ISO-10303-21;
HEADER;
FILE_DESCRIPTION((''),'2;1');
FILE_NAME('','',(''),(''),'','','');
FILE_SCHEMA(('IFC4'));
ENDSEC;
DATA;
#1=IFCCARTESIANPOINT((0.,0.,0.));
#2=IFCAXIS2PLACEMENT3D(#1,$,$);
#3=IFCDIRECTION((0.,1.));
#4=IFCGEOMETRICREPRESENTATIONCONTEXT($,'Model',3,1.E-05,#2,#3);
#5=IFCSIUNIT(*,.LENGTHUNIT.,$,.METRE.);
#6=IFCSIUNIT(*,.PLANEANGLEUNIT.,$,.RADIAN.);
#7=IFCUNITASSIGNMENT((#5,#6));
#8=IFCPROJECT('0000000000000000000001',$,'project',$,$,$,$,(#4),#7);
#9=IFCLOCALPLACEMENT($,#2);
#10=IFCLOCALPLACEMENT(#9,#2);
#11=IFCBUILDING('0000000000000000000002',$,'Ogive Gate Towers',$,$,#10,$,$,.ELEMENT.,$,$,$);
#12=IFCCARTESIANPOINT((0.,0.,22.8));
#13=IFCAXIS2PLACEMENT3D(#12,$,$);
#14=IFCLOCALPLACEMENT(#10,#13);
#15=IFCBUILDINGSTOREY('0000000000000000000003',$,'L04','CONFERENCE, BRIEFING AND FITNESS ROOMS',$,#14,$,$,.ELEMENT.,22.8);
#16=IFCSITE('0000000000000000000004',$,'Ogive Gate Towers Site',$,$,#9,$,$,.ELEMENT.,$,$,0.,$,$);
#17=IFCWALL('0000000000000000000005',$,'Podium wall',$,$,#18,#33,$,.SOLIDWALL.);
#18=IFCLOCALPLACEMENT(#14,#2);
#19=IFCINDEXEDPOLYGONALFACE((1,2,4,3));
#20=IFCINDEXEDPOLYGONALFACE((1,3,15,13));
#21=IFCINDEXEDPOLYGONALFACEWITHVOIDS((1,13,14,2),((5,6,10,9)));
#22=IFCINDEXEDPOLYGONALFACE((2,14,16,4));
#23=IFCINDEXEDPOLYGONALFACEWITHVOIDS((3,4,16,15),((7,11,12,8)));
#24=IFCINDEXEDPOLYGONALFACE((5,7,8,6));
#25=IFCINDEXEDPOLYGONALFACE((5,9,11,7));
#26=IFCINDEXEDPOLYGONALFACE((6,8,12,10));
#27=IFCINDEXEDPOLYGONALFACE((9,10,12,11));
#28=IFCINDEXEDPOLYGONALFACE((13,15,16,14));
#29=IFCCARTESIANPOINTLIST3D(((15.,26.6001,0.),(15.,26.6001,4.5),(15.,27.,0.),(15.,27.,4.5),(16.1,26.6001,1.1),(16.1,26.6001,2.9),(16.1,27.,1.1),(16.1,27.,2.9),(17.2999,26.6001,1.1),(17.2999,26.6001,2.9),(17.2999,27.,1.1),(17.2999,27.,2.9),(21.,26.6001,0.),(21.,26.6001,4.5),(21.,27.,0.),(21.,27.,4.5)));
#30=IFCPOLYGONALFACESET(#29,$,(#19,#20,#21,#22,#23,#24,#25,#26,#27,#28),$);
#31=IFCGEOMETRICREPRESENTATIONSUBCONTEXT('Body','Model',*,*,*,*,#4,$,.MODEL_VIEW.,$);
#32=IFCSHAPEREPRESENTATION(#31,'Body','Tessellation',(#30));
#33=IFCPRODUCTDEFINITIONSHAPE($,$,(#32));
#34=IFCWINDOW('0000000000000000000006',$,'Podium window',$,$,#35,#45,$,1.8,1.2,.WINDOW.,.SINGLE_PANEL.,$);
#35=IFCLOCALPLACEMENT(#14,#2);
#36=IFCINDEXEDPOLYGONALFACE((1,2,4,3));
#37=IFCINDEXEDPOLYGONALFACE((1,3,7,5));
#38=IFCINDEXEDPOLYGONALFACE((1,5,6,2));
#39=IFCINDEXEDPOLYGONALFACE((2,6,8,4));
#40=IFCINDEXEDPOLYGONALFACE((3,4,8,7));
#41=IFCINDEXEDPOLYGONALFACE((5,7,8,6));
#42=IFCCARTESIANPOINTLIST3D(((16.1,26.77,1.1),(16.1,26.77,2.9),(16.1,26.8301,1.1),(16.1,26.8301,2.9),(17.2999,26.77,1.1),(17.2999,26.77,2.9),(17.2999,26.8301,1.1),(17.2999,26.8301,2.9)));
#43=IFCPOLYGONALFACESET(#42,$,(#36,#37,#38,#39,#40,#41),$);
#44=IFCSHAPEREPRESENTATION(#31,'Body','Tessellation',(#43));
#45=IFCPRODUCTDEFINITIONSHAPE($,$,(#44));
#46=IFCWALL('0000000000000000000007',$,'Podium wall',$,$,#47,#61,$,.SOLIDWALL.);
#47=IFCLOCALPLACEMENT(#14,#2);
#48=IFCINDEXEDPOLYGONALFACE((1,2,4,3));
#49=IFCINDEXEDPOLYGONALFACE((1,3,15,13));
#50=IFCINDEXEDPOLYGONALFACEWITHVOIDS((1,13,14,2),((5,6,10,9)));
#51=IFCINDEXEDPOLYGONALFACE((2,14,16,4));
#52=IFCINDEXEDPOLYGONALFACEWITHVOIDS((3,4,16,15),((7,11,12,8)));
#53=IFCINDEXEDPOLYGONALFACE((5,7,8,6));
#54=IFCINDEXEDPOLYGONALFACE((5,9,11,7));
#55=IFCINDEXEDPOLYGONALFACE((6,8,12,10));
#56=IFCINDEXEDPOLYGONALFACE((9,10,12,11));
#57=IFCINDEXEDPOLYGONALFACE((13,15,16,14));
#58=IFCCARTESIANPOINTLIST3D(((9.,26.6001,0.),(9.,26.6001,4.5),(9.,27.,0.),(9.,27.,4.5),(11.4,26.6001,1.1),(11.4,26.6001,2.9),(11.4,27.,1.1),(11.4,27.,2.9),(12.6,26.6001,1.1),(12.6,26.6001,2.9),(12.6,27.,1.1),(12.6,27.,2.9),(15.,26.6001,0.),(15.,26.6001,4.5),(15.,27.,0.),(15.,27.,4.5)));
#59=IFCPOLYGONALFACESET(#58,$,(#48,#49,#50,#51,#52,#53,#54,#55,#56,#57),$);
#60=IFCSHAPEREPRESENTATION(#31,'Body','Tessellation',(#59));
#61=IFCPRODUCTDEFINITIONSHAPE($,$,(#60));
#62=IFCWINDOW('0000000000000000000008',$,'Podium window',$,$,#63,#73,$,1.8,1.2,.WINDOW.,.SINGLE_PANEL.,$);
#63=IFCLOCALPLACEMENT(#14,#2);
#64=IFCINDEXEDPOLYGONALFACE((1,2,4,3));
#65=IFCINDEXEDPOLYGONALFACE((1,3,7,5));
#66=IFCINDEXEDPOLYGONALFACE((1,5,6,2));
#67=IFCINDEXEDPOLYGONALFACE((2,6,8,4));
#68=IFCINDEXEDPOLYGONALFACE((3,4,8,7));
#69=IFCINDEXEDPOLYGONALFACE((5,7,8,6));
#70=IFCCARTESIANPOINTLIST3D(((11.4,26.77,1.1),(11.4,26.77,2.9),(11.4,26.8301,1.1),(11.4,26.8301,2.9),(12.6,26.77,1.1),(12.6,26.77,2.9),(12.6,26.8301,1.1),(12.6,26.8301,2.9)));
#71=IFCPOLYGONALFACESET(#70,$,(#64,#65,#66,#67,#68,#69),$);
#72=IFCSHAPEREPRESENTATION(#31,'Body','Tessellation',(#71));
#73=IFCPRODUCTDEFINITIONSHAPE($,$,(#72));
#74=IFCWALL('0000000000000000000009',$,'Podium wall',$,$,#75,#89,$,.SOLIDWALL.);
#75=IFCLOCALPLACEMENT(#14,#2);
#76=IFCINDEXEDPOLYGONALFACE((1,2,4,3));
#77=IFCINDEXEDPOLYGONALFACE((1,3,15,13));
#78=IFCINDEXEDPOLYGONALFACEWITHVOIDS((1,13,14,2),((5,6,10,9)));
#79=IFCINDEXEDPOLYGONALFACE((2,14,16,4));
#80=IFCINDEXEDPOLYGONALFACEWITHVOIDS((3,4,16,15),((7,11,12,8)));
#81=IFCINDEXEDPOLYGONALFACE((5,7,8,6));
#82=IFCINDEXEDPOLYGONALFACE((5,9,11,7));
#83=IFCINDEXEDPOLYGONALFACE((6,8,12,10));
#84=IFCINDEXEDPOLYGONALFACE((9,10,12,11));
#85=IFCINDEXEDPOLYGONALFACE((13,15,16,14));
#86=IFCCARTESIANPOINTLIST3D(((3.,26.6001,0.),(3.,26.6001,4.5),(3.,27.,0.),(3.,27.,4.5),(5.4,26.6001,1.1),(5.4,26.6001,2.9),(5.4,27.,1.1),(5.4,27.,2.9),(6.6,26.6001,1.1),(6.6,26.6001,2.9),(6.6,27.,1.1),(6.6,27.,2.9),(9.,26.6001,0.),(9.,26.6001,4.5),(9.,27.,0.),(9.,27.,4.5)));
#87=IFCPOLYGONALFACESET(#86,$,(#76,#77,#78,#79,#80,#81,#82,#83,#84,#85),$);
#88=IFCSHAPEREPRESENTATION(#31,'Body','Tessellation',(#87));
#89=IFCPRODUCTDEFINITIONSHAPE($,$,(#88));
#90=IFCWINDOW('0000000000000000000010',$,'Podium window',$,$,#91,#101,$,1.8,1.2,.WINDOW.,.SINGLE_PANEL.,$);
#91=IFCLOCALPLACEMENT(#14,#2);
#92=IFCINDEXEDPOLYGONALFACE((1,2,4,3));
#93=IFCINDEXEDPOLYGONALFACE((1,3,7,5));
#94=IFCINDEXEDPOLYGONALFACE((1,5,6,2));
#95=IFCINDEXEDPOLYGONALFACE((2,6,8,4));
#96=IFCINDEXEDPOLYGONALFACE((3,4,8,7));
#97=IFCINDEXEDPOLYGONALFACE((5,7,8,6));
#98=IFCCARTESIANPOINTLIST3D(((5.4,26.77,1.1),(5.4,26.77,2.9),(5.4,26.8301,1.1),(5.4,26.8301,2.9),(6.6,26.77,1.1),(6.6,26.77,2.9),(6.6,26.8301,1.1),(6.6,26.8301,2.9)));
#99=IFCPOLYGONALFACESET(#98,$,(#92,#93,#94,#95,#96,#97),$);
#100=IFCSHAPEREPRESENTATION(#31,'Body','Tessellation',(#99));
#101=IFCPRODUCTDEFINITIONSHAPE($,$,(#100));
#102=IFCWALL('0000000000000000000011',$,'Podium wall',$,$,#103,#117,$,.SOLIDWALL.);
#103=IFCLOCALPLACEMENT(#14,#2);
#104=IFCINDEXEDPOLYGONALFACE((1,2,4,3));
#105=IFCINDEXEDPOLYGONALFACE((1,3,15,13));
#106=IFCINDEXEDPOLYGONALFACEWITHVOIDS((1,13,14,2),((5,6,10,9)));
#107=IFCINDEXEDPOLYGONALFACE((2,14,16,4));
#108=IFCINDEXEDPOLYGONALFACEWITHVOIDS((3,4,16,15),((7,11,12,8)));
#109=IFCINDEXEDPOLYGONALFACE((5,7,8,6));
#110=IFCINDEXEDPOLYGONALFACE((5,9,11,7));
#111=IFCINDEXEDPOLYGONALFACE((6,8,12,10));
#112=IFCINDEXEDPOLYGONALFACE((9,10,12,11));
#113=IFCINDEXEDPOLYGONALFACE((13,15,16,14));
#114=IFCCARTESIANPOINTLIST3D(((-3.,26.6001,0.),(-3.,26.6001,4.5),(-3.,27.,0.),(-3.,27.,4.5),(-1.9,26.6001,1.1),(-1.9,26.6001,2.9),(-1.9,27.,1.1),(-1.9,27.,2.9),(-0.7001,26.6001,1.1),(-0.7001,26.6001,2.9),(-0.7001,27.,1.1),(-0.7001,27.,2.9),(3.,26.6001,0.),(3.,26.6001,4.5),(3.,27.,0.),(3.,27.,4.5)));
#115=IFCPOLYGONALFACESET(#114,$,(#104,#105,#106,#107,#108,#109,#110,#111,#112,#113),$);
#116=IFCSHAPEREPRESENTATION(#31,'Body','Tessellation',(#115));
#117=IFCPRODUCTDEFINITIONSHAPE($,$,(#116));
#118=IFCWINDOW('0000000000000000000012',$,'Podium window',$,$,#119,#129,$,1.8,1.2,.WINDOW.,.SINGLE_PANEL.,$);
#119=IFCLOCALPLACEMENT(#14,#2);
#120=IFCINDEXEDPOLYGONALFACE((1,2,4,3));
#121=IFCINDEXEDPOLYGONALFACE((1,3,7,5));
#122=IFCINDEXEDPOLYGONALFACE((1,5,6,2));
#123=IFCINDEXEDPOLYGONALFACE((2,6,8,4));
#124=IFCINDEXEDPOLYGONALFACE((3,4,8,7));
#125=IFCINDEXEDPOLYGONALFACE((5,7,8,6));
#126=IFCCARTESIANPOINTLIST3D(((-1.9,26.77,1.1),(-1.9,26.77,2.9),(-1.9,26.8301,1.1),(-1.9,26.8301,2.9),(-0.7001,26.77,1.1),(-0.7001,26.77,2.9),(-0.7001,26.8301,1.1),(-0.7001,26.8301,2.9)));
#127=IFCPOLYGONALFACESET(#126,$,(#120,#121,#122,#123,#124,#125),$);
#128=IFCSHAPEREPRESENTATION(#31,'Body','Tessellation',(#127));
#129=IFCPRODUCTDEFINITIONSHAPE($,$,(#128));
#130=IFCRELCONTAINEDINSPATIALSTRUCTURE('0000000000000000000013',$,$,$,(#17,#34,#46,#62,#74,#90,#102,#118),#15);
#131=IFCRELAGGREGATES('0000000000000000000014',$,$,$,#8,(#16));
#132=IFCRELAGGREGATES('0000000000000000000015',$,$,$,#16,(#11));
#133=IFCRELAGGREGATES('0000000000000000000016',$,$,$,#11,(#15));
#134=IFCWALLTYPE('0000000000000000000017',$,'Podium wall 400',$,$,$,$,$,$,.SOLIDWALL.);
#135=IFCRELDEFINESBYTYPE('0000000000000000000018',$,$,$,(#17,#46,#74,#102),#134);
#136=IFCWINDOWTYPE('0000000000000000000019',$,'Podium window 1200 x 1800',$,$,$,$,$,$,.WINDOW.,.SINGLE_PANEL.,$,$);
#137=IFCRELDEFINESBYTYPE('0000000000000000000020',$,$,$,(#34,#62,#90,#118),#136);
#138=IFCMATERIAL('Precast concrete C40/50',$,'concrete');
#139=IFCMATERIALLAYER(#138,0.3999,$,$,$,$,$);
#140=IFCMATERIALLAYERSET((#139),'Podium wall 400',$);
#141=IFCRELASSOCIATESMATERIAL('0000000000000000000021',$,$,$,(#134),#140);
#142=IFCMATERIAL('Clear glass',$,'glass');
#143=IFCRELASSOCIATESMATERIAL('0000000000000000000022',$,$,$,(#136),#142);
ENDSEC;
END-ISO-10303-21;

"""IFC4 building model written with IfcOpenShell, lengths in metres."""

from ifc_helpers import new_model, si_unit, direction, frame, frame_2d, origin, place, context, subcontext, project, spatial, rectangle, extrude, material, layer, layer_set, type_object, element, fill, save


model = new_model("IFC4")

# Units and contexts
model_context = context("Model", 3, precision=1e-05, world=origin(), true_north=direction((0.0, 1.0)))
body_context = subcontext(model_context, "Body", "Model", "MODEL_VIEW")
ifc_project = project(units=[si_unit("LENGTHUNIT", "METRE"), si_unit("PLANEANGLEUNIT", "RADIAN")], contexts=[model_context])

# Site, building, storey
site_placement = place(None, origin())
site = spatial("IfcSite", under=ifc_project, at=site_placement, Name="Ogive Gate Towers Site", CompositionType="ELEMENT", RefElevation=0.0)
building_placement = place(site_placement, origin())
building = spatial("IfcBuilding", under=site, at=building_placement, Name="Ogive Gate Towers", CompositionType="ELEMENT")
storey_placement = place(building_placement, frame((0.0, 0.0, 22.8)))
storey = spatial("IfcBuildingStorey", under=building, at=storey_placement, Name="L04", Description="CONFERENCE, BRIEFING AND FITNESS ROOMS", CompositionType="ELEMENT", Elevation=22.8)

# Walls, openings, windows
ifc_material_1 = material(Name="Precast concrete C40/50", Category="concrete")
ifc_layer_1 = layer(ifc_material_1, 0.3999)
ifc_layer_set_1 = layer_set([ifc_layer_1], Name="Podium wall 400")
wall_type_1 = type_object("IfcWallType", Name="Podium wall 400", PredefinedType="SOLIDWALL", material=ifc_layer_set_1)
wall_1_placement = place(storey_placement, frame((21.0, 26.8, 0.0), z_axis=(0.0, 0.0, 1.0), x_axis=(-1.0, 0.0, 0.0)))
wall_1 = element("IfcWall", 1, at=wall_1_placement, inside=storey, type_object=wall_type_1, Name="Podium wall", PredefinedType="SOLIDWALL", context=body_context, shape_type="SweptSolid", body=[
    extrude(rectangle(XDim=6.0, YDim=0.3999, at=frame_2d((3.0, 0.0))), origin(), (0.0, 0.0, 1.0), 4.5),
])
opening_1_placement = place(wall_1_placement, frame((3.7, 0.0, 1.1001)))
opening_1 = element("IfcOpeningElement", 2, at=opening_1_placement, cuts=wall_1, PredefinedType="OPENING", context=body_context, shape_type="SweptSolid", body=[
    extrude(rectangle(XDim=1.2, YDim=1.8, at=frame_2d((0.6001, 0.8999))), frame((0.0, 0.21, 0.0), z_axis=(0.0, -1.0, 0.0), x_axis=(1.0, 0.0, 0.0)), (0.0, 0.0, 1.0), 0.4199),
])
ifc_material_2 = material(Name="Clear glass", Category="glass")
window_type = type_object("IfcWindowType", Name="Podium window 1200 x 1800", PartitioningType="SINGLE_PANEL", PredefinedType="WINDOW", material=ifc_material_2)
window_1_placement = place(opening_1_placement, origin())
window_1 = element("IfcWindow", 3, at=window_1_placement, inside=storey, type_object=window_type, Name="Podium window", OverallHeight=1.8, OverallWidth=1.2, PartitioningType="SINGLE_PANEL", PredefinedType="WINDOW", context=body_context, shape_type="SweptSolid", body=[
    extrude(rectangle(XDim=1.2, YDim=1.8, at=frame_2d((0.6001, 0.8999))), frame((0.0, 0.03, 0.0), z_axis=(0.0, -1.0, 0.0), x_axis=(1.0, 0.0, 0.0)), (0.0, 0.0, 1.0), 0.0601),
])
fill(opening_1, window_1)
wall_2_placement = place(storey_placement, frame((15.0, 26.8, 0.0), z_axis=(0.0, 0.0, 1.0), x_axis=(-1.0, 0.0, 0.0)))
wall_2 = element("IfcWall", 4, at=wall_2_placement, inside=storey, type_object=wall_type_1, Name="Podium wall", PredefinedType="SOLIDWALL", context=body_context, shape_type="SweptSolid", body=[
    extrude(rectangle(XDim=6.0, YDim=0.3999, at=frame_2d((3.0, 0.0))), origin(), (0.0, 0.0, 1.0), 4.5),
])
opening_2_placement = place(wall_2_placement, frame((2.3999, 0.0, 1.1001)))
opening_2 = element("IfcOpeningElement", 5, at=opening_2_placement, cuts=wall_2, PredefinedType="OPENING", context=body_context, shape_type="SweptSolid", body=[
    extrude(rectangle(XDim=1.2, YDim=1.8, at=frame_2d((0.6001, 0.8999))), frame((0.0, 0.21, 0.0), z_axis=(0.0, -1.0, 0.0), x_axis=(1.0, 0.0, 0.0)), (0.0, 0.0, 1.0), 0.4199),
])
window_2_placement = place(opening_2_placement, origin())
window_2 = element("IfcWindow", 6, at=window_2_placement, inside=storey, type_object=window_type, Name="Podium window", OverallHeight=1.8, OverallWidth=1.2, PartitioningType="SINGLE_PANEL", PredefinedType="WINDOW", context=body_context, shape_type="SweptSolid", body=[
    extrude(rectangle(XDim=1.2, YDim=1.8, at=frame_2d((0.6001, 0.8999))), frame((0.0, 0.03, 0.0), z_axis=(0.0, -1.0, 0.0), x_axis=(1.0, 0.0, 0.0)), (0.0, 0.0, 1.0), 0.0601),
])
fill(opening_2, window_2)
wall_3_placement = place(storey_placement, frame((9.0, 26.8, 0.0), z_axis=(0.0, 0.0, 1.0), x_axis=(-1.0, 0.0, 0.0)))
wall_3 = element("IfcWall", 7, at=wall_3_placement, inside=storey, type_object=wall_type_1, Name="Podium wall", PredefinedType="SOLIDWALL", context=body_context, shape_type="SweptSolid", body=[
    extrude(rectangle(XDim=6.0, YDim=0.3999, at=frame_2d((3.0, 0.0))), origin(), (0.0, 0.0, 1.0), 4.5),
])
opening_3_placement = place(wall_3_placement, frame((2.3999, 0.0, 1.1001)))
opening_3 = element("IfcOpeningElement", 8, at=opening_3_placement, cuts=wall_3, PredefinedType="OPENING", context=body_context, shape_type="SweptSolid", body=[
    extrude(rectangle(XDim=1.2, YDim=1.8, at=frame_2d((0.6001, 0.8999))), frame((0.0, 0.21, 0.0), z_axis=(0.0, -1.0, 0.0), x_axis=(1.0, 0.0, 0.0)), (0.0, 0.0, 1.0), 0.4199),
])
window_3_placement = place(opening_3_placement, origin())
window_3 = element("IfcWindow", 9, at=window_3_placement, inside=storey, type_object=window_type, Name="Podium window", OverallHeight=1.8, OverallWidth=1.2, PartitioningType="SINGLE_PANEL", PredefinedType="WINDOW", context=body_context, shape_type="SweptSolid", body=[
    extrude(rectangle(XDim=1.2, YDim=1.8, at=frame_2d((0.6001, 0.8999))), frame((0.0, 0.03, 0.0), z_axis=(0.0, -1.0, 0.0), x_axis=(1.0, 0.0, 0.0)), (0.0, 0.0, 1.0), 0.0601),
])
fill(opening_3, window_3)
wall_4_placement = place(storey_placement, frame((3.0, 26.8, 0.0), z_axis=(0.0, 0.0, 1.0), x_axis=(-1.0, 0.0, 0.0)))
wall_4 = element("IfcWall", 10, at=wall_4_placement, inside=storey, type_object=wall_type_1, Name="Podium wall", PredefinedType="SOLIDWALL", context=body_context, shape_type="SweptSolid", body=[
    extrude(rectangle(XDim=6.0, YDim=0.3999, at=frame_2d((3.0, 0.0))), origin(), (0.0, 0.0, 1.0), 4.5),
])
opening_4_placement = place(wall_4_placement, frame((3.7, 0.0, 1.1001)))
opening_4 = element("IfcOpeningElement", 11, at=opening_4_placement, cuts=wall_4, PredefinedType="OPENING", context=body_context, shape_type="SweptSolid", body=[
    extrude(rectangle(XDim=1.2, YDim=1.8, at=frame_2d((0.6001, 0.8999))), frame((0.0, 0.21, 0.0), z_axis=(0.0, -1.0, 0.0), x_axis=(1.0, 0.0, 0.0)), (0.0, 0.0, 1.0), 0.4199),
])
window_4_placement = place(opening_4_placement, origin())
window_4 = element("IfcWindow", 12, at=window_4_placement, inside=storey, type_object=window_type, Name="Podium window", OverallHeight=1.8, OverallWidth=1.2, PartitioningType="SINGLE_PANEL", PredefinedType="WINDOW", context=body_context, shape_type="SweptSolid", body=[
    extrude(rectangle(XDim=1.2, YDim=1.8, at=frame_2d((0.6001, 0.8999))), frame((0.0, 0.03, 0.0), z_axis=(0.0, -1.0, 0.0), x_axis=(1.0, 0.0, 0.0)), (0.0, 0.0, 1.0), 0.0601),
])
fill(opening_4, window_4)

save(model, "model.ifc")
